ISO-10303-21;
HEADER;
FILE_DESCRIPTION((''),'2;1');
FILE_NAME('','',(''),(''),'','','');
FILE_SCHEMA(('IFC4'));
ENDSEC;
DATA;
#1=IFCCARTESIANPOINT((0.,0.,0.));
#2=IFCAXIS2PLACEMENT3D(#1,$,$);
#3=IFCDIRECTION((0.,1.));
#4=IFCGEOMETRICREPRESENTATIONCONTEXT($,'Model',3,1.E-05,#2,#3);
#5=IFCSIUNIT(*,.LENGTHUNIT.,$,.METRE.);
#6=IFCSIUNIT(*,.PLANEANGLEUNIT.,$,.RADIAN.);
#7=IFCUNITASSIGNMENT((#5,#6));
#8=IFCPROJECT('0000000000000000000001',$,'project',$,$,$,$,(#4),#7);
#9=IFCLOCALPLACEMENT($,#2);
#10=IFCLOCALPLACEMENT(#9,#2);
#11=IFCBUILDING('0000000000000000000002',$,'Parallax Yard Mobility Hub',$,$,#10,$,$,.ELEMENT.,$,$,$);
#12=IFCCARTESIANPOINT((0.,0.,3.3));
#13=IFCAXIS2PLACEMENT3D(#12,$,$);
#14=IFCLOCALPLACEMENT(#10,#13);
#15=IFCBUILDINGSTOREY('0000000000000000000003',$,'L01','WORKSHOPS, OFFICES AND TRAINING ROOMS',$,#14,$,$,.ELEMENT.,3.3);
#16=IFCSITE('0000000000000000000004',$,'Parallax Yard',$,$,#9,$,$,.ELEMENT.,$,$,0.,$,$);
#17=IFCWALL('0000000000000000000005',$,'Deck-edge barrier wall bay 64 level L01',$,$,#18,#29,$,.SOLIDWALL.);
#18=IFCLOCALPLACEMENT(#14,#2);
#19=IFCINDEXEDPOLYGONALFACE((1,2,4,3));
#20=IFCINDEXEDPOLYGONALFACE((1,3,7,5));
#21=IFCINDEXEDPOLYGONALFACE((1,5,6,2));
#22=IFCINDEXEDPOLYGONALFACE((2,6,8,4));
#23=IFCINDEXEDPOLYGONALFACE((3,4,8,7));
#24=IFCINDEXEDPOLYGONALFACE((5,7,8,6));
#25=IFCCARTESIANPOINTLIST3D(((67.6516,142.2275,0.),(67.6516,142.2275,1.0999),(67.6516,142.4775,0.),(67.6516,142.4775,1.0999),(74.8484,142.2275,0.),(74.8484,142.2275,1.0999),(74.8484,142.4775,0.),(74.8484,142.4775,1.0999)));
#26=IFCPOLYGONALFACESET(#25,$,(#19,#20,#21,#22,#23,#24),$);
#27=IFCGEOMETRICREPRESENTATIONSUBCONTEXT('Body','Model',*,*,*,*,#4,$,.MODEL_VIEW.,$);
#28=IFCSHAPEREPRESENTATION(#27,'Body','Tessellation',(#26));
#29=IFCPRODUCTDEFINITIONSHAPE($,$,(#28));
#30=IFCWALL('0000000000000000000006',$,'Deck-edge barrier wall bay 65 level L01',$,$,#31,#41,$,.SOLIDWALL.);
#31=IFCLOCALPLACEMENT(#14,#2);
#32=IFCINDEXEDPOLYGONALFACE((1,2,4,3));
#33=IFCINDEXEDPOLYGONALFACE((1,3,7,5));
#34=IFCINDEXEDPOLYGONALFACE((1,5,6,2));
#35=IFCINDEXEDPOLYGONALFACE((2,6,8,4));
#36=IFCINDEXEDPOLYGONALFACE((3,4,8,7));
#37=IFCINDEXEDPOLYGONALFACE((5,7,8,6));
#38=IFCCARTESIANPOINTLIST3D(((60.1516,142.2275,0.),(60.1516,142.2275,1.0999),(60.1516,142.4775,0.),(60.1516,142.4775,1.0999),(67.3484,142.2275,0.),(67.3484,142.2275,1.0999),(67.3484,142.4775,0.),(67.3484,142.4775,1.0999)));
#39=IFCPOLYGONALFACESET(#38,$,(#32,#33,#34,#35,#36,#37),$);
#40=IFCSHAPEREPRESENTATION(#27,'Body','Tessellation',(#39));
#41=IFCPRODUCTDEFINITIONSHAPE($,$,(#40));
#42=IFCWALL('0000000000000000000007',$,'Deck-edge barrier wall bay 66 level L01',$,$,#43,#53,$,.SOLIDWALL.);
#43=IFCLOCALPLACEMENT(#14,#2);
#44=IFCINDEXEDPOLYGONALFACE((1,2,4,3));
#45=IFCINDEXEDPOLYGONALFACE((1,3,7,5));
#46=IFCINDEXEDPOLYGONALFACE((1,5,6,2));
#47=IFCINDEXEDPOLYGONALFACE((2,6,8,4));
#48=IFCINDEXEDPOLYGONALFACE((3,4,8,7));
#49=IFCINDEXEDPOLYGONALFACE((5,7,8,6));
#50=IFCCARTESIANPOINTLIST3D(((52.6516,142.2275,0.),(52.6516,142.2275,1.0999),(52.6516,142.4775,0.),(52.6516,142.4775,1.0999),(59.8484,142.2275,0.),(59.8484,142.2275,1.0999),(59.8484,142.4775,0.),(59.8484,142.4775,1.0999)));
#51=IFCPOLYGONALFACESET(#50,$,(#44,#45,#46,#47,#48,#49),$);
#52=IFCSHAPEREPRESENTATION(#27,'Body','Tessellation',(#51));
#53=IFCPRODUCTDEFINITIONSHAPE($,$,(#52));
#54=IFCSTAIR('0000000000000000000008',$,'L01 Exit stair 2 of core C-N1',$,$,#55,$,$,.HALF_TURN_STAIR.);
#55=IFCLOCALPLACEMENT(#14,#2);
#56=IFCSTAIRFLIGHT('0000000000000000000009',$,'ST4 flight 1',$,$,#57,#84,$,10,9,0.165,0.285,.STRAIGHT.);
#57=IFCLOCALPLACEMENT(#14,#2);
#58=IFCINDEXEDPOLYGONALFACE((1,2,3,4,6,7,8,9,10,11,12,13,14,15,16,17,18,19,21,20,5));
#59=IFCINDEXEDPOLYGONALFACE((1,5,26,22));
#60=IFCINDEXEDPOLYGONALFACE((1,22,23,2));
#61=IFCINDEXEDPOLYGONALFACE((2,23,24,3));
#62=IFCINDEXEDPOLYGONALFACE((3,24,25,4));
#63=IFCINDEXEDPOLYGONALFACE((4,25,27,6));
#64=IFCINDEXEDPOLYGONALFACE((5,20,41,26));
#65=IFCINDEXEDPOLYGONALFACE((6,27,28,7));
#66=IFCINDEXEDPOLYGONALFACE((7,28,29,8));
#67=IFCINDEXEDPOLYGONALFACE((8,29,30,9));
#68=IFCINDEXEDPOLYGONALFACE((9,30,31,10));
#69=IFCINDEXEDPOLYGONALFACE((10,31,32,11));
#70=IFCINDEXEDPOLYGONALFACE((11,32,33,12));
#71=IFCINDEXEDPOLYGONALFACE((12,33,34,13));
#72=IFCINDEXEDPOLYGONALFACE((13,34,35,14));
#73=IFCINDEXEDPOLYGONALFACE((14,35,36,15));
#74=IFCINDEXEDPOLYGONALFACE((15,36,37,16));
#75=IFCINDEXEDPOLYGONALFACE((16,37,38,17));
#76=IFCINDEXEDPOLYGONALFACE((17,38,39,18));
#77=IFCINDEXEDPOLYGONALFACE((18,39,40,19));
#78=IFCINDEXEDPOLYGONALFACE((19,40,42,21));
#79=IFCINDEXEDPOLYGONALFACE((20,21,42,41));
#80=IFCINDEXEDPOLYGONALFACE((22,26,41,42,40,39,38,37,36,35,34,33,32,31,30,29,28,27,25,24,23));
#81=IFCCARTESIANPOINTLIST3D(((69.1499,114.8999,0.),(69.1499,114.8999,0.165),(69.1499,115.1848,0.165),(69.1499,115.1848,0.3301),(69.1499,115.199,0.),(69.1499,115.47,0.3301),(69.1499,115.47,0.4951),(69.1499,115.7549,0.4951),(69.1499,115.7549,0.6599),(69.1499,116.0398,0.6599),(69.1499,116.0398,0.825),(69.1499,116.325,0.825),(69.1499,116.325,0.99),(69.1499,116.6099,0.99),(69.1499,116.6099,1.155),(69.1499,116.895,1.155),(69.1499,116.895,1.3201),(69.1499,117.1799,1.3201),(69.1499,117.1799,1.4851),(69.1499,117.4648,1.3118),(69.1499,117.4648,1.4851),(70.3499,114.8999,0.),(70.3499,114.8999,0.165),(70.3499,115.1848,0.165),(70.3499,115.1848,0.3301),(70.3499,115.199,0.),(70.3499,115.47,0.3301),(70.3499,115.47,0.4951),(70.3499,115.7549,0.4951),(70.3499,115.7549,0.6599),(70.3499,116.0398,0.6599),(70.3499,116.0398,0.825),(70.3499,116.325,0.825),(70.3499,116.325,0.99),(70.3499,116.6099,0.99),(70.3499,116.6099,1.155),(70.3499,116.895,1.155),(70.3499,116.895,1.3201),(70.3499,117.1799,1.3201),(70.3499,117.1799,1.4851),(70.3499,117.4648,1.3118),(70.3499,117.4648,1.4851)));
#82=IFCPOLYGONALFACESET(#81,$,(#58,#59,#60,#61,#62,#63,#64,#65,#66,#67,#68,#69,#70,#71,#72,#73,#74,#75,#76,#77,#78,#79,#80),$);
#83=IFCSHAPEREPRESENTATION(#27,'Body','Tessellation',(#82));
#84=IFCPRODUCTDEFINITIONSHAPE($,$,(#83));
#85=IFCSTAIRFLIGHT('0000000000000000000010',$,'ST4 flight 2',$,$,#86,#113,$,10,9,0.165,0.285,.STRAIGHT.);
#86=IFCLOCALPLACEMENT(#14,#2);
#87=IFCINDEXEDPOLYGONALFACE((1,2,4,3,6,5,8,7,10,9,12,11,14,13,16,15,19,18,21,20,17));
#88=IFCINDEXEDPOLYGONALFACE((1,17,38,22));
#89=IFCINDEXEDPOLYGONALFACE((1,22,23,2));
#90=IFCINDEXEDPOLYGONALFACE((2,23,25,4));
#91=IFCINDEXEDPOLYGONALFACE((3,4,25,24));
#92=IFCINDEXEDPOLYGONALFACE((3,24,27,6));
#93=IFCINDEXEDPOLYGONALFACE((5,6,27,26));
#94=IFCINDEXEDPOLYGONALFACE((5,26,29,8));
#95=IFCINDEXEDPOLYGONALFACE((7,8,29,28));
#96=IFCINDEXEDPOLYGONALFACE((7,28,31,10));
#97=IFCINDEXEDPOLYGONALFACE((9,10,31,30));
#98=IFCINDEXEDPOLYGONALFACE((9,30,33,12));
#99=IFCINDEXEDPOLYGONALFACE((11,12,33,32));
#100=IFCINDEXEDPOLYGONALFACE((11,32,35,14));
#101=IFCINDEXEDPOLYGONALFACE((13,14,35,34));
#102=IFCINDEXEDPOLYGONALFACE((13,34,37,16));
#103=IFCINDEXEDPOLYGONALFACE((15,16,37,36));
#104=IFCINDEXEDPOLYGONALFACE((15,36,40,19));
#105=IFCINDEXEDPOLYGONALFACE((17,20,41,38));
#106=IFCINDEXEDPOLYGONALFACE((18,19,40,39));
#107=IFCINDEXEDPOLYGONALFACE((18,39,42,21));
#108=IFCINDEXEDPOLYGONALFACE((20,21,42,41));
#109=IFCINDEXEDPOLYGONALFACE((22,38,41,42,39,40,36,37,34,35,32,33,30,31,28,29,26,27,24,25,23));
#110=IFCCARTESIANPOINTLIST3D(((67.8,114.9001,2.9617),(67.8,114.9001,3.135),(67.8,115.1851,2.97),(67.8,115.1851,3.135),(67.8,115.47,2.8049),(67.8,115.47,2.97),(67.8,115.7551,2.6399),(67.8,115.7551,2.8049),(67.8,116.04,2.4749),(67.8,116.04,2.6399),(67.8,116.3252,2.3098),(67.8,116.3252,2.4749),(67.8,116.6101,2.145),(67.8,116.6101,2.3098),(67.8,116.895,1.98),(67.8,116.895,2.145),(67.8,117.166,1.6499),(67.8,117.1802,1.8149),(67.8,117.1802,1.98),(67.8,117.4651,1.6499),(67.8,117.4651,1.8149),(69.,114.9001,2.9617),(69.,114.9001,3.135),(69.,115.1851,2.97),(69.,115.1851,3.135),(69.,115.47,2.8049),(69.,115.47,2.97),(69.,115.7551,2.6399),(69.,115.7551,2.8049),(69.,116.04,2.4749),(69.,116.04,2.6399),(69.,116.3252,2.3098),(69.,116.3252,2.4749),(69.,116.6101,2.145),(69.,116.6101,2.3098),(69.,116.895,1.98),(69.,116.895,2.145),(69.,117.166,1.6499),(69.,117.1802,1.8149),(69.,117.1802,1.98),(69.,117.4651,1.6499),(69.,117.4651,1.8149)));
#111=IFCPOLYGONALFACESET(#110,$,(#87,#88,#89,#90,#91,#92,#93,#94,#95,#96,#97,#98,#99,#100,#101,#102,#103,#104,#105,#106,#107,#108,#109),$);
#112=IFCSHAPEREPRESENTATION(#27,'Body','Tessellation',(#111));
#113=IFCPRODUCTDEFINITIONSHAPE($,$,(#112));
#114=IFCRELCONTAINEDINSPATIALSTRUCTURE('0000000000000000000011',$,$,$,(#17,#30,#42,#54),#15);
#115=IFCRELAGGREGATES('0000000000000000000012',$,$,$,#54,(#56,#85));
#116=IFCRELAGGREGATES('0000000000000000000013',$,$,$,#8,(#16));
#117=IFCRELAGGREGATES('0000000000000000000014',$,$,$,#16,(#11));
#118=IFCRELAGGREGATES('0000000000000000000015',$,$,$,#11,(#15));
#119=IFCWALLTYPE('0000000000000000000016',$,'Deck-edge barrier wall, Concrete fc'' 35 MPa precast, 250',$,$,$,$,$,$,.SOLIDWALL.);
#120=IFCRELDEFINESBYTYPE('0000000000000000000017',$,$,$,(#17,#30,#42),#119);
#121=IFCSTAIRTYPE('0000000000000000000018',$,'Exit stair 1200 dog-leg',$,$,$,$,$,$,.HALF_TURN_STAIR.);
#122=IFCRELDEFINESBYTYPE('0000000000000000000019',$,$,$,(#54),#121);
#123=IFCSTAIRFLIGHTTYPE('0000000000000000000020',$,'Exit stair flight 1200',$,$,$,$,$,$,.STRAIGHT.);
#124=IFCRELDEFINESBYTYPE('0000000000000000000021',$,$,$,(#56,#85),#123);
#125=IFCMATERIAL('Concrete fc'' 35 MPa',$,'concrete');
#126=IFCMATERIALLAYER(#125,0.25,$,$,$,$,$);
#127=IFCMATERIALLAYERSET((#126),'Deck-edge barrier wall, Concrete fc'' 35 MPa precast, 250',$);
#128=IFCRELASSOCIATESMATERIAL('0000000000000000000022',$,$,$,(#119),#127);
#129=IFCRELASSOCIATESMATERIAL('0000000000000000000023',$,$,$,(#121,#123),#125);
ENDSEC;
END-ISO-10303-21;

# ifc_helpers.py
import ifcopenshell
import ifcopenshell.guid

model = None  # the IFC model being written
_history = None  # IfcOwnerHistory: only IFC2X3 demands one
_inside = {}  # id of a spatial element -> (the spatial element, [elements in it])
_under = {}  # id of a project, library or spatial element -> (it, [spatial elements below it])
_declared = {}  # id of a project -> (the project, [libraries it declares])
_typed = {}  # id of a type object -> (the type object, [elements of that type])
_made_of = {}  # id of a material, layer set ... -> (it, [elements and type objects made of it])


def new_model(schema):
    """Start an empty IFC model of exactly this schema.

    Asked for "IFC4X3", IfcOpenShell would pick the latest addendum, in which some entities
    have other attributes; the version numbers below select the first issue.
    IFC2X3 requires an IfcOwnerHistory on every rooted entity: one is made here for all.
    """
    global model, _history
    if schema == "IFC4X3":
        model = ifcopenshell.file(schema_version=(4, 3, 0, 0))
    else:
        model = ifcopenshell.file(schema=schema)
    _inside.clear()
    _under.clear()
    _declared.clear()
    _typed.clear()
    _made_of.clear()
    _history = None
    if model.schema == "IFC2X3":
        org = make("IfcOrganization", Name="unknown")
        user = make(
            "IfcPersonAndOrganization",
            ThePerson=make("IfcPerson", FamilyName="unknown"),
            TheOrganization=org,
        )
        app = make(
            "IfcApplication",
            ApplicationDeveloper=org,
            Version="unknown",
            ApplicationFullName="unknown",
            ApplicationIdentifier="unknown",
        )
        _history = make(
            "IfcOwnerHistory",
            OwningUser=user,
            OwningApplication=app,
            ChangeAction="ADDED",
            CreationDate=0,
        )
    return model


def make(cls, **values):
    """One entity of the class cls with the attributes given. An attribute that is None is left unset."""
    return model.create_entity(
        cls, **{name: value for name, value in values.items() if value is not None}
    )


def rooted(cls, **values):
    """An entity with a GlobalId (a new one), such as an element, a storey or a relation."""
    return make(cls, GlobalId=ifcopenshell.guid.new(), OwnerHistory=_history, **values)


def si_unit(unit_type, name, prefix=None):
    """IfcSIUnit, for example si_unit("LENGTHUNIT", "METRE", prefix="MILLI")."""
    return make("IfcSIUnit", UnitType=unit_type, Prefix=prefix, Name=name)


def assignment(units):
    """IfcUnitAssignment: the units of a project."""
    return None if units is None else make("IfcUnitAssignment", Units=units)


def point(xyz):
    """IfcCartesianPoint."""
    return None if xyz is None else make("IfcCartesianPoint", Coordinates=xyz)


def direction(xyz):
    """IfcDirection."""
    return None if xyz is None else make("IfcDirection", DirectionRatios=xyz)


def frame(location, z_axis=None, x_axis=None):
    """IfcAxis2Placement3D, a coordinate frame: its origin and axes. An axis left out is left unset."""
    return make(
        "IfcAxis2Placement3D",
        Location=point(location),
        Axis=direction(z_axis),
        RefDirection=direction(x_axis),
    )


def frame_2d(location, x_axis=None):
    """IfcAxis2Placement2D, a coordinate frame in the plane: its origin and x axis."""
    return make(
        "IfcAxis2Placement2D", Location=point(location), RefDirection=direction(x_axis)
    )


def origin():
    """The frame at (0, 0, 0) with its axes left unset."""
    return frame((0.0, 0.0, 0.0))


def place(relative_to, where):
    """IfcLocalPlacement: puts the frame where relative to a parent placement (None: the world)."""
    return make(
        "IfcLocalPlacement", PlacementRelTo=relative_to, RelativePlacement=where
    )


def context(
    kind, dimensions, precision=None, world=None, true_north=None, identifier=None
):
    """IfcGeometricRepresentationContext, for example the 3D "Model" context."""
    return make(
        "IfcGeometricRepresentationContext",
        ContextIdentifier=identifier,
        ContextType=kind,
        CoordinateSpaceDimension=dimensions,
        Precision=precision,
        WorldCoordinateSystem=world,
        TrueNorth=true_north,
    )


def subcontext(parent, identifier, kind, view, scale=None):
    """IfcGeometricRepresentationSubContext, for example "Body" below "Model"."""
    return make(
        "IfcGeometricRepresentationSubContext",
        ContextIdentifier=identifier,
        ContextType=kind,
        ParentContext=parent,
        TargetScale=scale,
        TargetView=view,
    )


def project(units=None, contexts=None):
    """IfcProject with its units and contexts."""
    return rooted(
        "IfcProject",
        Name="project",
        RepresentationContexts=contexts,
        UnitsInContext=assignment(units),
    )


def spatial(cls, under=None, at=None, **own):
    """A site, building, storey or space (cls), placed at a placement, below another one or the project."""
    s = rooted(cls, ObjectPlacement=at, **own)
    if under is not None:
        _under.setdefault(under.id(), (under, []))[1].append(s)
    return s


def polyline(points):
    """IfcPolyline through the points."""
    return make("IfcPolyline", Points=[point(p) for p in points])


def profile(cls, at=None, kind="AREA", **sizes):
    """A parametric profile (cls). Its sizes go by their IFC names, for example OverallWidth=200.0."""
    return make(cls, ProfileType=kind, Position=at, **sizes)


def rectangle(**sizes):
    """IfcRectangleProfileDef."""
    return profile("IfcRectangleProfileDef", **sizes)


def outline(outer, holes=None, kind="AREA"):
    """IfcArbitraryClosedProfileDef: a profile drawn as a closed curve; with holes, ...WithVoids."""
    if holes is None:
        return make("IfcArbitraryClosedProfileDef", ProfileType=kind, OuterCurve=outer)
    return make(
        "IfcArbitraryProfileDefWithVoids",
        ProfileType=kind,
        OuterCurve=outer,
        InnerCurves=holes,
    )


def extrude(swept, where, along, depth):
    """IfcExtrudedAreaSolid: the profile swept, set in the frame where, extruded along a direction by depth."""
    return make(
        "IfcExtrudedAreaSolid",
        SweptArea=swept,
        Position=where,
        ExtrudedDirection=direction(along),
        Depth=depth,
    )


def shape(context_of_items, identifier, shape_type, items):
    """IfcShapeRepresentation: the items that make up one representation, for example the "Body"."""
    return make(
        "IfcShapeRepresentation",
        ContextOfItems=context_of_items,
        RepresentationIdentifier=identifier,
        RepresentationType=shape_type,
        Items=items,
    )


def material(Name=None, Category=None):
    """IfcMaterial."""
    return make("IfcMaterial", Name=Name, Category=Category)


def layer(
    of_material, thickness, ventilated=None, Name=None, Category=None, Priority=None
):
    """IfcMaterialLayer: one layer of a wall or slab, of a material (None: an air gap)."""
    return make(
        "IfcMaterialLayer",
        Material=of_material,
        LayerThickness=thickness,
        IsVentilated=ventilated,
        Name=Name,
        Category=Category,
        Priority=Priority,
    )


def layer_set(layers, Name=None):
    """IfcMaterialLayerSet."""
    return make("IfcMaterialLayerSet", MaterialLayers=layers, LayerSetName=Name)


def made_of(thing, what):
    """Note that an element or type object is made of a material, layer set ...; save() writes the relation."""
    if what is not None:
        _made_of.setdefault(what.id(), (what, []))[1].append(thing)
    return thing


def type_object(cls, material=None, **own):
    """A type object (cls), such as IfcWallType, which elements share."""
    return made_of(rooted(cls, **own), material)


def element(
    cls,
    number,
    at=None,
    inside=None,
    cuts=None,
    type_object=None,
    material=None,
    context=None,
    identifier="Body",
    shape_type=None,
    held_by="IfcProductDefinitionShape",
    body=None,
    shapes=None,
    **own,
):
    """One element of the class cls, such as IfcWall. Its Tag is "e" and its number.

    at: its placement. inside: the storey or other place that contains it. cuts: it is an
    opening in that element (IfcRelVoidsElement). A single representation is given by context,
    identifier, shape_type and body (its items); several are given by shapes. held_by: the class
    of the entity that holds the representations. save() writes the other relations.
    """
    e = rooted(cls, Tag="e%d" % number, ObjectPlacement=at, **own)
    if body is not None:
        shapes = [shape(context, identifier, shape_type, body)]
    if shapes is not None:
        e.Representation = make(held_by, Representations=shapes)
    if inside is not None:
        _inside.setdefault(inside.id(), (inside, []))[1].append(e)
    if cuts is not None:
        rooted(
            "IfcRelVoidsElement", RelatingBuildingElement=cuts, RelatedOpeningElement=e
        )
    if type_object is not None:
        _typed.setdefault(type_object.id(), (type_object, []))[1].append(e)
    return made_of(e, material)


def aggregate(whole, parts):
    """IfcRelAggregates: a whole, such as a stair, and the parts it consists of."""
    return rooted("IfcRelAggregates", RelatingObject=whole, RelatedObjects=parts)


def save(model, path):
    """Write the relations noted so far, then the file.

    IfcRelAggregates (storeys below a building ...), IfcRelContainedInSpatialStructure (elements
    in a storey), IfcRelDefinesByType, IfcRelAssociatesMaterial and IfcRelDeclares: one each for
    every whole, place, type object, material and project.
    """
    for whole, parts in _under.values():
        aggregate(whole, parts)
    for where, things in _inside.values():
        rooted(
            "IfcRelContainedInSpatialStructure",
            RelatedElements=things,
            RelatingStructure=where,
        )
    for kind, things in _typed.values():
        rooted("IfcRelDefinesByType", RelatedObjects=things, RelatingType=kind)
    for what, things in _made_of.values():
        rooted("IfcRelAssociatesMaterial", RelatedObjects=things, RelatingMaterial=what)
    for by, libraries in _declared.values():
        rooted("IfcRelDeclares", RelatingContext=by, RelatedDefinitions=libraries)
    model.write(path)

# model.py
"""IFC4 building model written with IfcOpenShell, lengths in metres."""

from ifc_helpers import new_model, si_unit, direction, frame, frame_2d, origin, place, context, subcontext, project, spatial, polyline, rectangle, outline, extrude, material, layer, layer_set, type_object, element, aggregate, save


model = new_model("IFC4")

# Units and contexts
model_context = context("Model", 3, precision=1e-05, world=origin(), true_north=direction((0.0, 1.0)))
body_context = subcontext(model_context, "Body", "Model", "MODEL_VIEW")
ifc_project = project(units=[si_unit("LENGTHUNIT", "METRE"), si_unit("PLANEANGLEUNIT", "RADIAN")], contexts=[model_context])

# Site, building, storey
site_placement = place(None, origin())
site = spatial("IfcSite", under=ifc_project, at=site_placement, Name="Parallax Yard", CompositionType="ELEMENT", RefElevation=0.0)
building_placement = place(site_placement, origin())
building = spatial("IfcBuilding", under=site, at=building_placement, Name="Parallax Yard Mobility Hub", CompositionType="ELEMENT")
storey_placement = place(building_placement, frame((0.0, 0.0, 3.3)))
storey = spatial("IfcBuildingStorey", under=building, at=storey_placement, Name="L01", Description="WORKSHOPS, OFFICES AND TRAINING ROOMS", CompositionType="ELEMENT", Elevation=3.3)

# Shared definitions
ifc_material_1 = material(Name="Concrete fc' 35 MPa", Category="concrete")

# Walls
ifc_layer_1 = layer(ifc_material_1, 0.25)
ifc_layer_set_1 = layer_set([ifc_layer_1], Name="Deck-edge barrier wall, Concrete fc' 35 MPa precast, 250")
wall_type_1 = type_object("IfcWallType", Name="Deck-edge barrier wall, Concrete fc' 35 MPa precast, 250", PredefinedType="SOLIDWALL", material=ifc_layer_set_1)
for number, where, z_axis, x_axis, name in (
    (1, (74.8484, 142.3525, 0.0), (0.0, 0.0, 1.0), (-1.0, 0.0, 0.0), "Deck-edge barrier wall bay 64 level L01"),
    (2, (67.3484, 142.3525, 0.0), (0.0, 0.0, 1.0), (-1.0, 0.0, 0.0), "Deck-edge barrier wall bay 65 level L01"),
    (3, (59.8484, 142.3525, 0.0), (0.0, 0.0, 1.0), (-1.0, 0.0, 0.0), "Deck-edge barrier wall bay 66 level L01"),
):
    element("IfcWall", number, at=place(storey_placement, frame(where, z_axis=z_axis, x_axis=x_axis)), inside=storey, type_object=wall_type_1, Name=name, PredefinedType="SOLIDWALL", context=body_context, shape_type="SweptSolid", body=[
        extrude(rectangle(XDim=7.1968, YDim=0.25, at=frame_2d((3.5984, 0.0))), origin(), (0.0, 0.0, 1.0), 1.0999),
    ])

# Stair, stair flights
stair_type = type_object("IfcStairType", Name="Exit stair 1200 dog-leg", PredefinedType="HALF_TURN_STAIR", material=ifc_material_1)
stair_placement = place(storey_placement, origin())
stair = element("IfcStair", 4, at=stair_placement, inside=storey, type_object=stair_type, Name="L01 Exit stair 2 of core C-N1", PredefinedType="HALF_TURN_STAIR")
stair_flight_type = type_object("IfcStairFlightType", Name="Exit stair flight 1200", PredefinedType="STRAIGHT", material=ifc_material_1)
stair_flight_1_placement = place(storey_placement, frame((69.75, 114.8999, 0.0), z_axis=(0.0, 0.0, 1.0), x_axis=(0.0, 1.0, 0.0)))
stair_flight_1 = element("IfcStairFlight", 5, at=stair_flight_1_placement, type_object=stair_flight_type, Name="ST4 flight 1", NumberOfRisers=10, NumberOfTreads=9, PredefinedType="STRAIGHT", RiserHeight=0.165, TreadLength=0.285, context=body_context, shape_type="SweptSolid", body=[
    extrude(outline(polyline([(0.0, 0.0), (0.0, 0.165), (0.2849, 0.165), (0.2849, 0.3301), (0.5701, 0.3301), (0.5701, 0.4951), (0.855, 0.4951), (0.855, 0.6599), (1.1399, 0.6599), (1.1399, 0.825), (1.425, 0.825), (1.425, 0.99), (1.71, 0.99), (1.71, 1.155), (1.9951, 1.155), (1.9951, 1.3201), (2.28, 1.3201), (2.28, 1.4851), (2.5649, 1.4851), (2.5649, 1.6499), (2.5649, 1.3118), (0.2991, 0.0), (0.0, 0.0)])), frame((0.0, 0.6001, 0.0), z_axis=(0.0, -1.0, 0.0), x_axis=(1.0, 0.0, 0.0)), (0.0, 0.0, 1.0), 1.2),
])
stair_flight_2_placement = place(storey_placement, frame((68.3999, 117.4651, 1.6499), z_axis=(0.0, 0.0, 1.0), x_axis=(0.0, -1.0, 0.0)))
stair_flight_2 = element("IfcStairFlight", 6, at=stair_flight_2_placement, type_object=stair_flight_type, Name="ST4 flight 2", NumberOfRisers=10, NumberOfTreads=9, PredefinedType="STRAIGHT", RiserHeight=0.165, TreadLength=0.285, context=body_context, shape_type="SweptSolid", body=[
    extrude(outline(polyline([(0.0, 0.0), (0.0, 0.165), (0.2849, 0.165), (0.2849, 0.3301), (0.5701, 0.3301), (0.5701, 0.4951), (0.855, 0.4951), (0.855, 0.6599), (1.1399, 0.6599), (1.1399, 0.825), (1.425, 0.825), (1.425, 0.99), (1.71, 0.99), (1.71, 1.155), (1.9951, 1.155), (1.9951, 1.3201), (2.28, 1.3201), (2.28, 1.4851), (2.5649, 1.4851), (2.5649, 1.6499), (2.5649, 1.3118), (0.2991, 0.0), (0.0, 0.0)])), frame((0.0, 0.6001, 0.0), z_axis=(0.0, -1.0, 0.0), x_axis=(1.0, 0.0, 0.0)), (0.0, 0.0, 1.0), 1.2),
])
aggregate(stair, [stair_flight_1, stair_flight_2])

save(model, "model.ifc")
